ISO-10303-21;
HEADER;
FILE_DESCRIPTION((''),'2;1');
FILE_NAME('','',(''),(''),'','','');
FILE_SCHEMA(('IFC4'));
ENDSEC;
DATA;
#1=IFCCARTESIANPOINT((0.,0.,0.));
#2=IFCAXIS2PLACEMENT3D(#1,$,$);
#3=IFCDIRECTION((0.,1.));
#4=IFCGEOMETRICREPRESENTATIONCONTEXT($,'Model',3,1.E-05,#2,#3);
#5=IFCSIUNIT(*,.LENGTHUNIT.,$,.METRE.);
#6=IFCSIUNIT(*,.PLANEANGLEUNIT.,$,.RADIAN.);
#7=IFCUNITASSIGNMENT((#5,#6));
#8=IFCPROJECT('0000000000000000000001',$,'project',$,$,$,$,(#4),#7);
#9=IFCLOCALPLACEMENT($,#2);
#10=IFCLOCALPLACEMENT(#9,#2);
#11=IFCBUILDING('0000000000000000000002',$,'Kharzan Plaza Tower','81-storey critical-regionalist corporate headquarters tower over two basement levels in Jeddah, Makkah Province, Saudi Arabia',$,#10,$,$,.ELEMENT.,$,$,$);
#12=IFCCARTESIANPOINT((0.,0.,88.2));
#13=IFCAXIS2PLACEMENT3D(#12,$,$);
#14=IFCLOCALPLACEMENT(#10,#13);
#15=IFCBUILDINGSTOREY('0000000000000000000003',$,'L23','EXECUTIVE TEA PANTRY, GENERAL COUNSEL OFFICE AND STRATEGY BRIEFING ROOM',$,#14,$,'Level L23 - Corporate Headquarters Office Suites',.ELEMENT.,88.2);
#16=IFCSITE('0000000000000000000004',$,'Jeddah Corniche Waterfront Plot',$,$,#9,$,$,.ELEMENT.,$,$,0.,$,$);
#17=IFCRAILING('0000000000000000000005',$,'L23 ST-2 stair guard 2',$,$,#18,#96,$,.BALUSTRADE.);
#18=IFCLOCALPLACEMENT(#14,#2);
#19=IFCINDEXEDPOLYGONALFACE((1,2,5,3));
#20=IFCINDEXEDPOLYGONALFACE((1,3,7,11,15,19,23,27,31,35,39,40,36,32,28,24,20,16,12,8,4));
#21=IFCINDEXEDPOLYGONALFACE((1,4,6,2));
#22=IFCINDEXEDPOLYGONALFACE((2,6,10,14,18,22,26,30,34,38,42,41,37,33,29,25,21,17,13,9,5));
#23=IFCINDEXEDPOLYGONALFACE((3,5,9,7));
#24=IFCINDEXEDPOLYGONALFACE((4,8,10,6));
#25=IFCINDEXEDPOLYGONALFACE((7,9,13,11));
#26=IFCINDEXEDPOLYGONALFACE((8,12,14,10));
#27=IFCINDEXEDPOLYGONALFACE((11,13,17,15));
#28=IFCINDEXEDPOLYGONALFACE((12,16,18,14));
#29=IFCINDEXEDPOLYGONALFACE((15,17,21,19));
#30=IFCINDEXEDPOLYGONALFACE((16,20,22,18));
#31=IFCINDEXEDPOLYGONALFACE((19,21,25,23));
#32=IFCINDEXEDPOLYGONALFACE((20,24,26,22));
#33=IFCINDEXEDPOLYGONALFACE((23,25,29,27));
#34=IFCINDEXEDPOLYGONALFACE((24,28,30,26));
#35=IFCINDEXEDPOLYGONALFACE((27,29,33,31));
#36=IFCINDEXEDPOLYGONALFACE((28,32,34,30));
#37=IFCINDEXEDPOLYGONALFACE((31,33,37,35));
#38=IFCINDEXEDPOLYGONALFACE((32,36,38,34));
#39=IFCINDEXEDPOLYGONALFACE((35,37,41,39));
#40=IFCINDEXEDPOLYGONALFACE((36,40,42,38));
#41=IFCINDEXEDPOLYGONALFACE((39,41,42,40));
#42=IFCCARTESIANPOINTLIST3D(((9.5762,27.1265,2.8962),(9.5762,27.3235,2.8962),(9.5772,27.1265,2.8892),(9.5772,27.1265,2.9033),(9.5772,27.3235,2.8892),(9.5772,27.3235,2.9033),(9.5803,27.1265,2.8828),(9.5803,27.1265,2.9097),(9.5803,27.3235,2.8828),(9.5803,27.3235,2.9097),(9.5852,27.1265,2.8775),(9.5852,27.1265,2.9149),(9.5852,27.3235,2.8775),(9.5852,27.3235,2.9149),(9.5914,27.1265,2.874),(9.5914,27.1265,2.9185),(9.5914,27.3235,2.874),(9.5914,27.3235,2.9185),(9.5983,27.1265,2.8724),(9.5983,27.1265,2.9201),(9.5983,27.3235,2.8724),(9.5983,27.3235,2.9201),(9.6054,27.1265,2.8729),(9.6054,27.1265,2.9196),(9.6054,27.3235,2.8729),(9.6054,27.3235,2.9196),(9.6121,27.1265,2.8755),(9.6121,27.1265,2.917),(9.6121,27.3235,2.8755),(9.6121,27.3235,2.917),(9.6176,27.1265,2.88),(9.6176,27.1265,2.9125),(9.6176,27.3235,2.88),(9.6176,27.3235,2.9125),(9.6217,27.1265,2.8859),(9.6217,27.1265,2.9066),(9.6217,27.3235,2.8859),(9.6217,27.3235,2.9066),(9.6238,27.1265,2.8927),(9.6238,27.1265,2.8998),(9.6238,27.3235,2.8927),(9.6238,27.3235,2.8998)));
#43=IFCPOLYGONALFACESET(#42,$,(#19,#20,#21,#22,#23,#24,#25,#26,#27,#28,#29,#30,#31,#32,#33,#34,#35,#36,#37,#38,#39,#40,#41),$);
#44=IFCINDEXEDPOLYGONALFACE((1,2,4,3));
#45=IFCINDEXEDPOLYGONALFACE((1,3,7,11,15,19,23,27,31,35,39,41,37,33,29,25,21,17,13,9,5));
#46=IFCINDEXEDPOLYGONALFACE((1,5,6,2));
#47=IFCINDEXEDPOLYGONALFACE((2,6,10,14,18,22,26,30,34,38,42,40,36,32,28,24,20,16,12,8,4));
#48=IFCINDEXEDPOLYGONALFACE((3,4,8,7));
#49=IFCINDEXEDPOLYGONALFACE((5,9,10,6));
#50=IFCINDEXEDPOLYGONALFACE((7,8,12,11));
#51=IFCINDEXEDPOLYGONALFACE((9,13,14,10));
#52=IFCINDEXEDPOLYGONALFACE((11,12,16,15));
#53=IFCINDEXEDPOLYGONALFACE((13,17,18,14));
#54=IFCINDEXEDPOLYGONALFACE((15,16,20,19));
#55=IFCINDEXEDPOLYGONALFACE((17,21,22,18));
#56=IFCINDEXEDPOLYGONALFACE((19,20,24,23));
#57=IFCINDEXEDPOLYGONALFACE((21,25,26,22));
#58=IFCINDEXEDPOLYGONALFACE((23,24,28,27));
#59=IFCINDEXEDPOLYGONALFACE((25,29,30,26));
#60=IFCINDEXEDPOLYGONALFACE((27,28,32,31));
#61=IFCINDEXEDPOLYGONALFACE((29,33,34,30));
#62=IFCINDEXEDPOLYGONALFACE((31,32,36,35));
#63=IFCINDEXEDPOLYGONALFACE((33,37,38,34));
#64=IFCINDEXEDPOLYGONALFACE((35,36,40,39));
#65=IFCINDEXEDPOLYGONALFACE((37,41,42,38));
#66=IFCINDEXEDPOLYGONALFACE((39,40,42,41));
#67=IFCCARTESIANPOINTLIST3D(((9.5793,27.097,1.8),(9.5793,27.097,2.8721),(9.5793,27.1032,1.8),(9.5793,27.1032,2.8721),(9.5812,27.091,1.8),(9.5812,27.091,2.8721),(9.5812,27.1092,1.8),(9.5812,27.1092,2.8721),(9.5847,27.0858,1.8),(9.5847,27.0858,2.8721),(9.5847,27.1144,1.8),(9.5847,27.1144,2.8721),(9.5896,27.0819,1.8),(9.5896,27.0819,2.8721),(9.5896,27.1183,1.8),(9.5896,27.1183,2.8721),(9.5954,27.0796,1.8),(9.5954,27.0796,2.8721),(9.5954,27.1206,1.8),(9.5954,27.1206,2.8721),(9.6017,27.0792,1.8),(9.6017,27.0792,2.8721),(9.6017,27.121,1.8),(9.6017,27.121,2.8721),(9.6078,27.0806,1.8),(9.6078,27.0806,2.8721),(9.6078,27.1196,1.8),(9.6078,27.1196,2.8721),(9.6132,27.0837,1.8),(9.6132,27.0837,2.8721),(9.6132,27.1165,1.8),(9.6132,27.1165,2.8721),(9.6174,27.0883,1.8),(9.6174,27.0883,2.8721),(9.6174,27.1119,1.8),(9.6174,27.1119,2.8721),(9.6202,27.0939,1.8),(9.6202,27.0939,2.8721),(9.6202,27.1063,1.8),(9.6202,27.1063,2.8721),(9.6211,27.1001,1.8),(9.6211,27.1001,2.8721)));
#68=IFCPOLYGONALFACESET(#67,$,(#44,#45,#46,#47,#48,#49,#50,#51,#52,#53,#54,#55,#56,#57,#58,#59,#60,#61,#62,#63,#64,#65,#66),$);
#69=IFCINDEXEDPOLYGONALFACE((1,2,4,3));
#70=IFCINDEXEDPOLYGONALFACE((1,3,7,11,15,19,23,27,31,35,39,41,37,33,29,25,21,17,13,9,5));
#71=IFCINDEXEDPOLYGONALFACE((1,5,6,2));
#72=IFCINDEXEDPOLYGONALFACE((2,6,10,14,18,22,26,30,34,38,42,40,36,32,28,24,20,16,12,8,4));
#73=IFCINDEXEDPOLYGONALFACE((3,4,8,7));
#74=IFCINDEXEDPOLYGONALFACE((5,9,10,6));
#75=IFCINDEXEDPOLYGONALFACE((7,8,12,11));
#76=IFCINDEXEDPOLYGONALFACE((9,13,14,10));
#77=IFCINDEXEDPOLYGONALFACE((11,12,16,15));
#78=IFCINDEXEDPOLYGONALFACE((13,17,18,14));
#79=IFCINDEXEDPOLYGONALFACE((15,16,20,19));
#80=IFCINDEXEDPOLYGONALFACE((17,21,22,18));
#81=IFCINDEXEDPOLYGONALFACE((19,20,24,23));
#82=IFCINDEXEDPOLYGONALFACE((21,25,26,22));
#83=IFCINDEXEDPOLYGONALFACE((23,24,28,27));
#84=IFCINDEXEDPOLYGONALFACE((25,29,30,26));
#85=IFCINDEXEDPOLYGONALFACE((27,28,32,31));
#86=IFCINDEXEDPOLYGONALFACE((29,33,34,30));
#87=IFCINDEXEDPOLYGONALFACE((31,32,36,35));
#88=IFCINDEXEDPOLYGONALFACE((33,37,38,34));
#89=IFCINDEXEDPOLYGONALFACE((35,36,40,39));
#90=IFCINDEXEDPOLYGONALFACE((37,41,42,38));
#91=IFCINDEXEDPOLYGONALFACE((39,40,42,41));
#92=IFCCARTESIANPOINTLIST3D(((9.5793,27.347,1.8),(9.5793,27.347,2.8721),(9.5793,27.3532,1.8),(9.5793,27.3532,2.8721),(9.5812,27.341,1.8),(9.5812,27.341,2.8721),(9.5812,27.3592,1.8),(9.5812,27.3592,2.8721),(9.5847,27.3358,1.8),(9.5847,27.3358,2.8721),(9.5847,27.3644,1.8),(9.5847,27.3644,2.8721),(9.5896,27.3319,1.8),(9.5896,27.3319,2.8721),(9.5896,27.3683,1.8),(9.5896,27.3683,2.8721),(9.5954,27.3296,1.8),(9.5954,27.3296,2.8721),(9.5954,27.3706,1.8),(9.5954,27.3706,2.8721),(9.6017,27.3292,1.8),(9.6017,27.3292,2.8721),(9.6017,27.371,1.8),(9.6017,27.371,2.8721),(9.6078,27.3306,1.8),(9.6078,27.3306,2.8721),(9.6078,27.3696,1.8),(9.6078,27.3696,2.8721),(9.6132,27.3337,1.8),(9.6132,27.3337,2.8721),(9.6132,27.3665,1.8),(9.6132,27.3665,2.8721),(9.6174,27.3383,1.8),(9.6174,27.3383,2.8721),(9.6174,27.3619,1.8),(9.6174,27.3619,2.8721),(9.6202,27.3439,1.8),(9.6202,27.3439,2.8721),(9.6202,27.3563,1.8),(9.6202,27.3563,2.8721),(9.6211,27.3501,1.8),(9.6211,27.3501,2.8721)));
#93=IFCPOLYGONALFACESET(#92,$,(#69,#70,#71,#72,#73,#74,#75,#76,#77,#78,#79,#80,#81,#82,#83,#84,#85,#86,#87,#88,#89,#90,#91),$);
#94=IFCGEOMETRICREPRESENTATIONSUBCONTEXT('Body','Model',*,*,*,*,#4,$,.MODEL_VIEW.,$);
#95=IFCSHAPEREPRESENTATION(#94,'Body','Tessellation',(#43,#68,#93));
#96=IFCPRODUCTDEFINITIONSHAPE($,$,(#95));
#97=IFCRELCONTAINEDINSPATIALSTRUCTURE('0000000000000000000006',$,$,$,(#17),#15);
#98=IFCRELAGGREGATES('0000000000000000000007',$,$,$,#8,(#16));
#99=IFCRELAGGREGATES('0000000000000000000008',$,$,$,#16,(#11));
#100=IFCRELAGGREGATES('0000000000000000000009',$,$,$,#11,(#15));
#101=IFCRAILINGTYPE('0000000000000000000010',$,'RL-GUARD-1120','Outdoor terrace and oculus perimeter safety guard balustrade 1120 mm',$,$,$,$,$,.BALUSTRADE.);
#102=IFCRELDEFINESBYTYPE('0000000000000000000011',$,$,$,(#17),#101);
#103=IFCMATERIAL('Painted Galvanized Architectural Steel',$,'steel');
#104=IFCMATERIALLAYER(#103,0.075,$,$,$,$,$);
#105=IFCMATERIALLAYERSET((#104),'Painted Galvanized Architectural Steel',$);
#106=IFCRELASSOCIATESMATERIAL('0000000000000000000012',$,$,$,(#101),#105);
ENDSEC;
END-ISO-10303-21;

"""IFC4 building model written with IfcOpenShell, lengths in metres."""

from ifc_helpers import new_model, si_unit, direction, frame, origin, origin_2d, place, context, subcontext, project, spatial, circle, extrude, source, transform, mapped, material, layer, layer_set, type_object, element, save


model = new_model("IFC4")

# Units and contexts
model_context = context("Model", 3, precision=1e-05, world=origin(), true_north=direction((0.0, 1.0)))
body_context = subcontext(model_context, "Body", "Model", "MODEL_VIEW")
ifc_project = project(units=[si_unit("LENGTHUNIT", "METRE"), si_unit("PLANEANGLEUNIT", "RADIAN")], contexts=[model_context])

# Site, building, storey
site_placement = place(None, origin())
site = spatial("IfcSite", under=ifc_project, at=site_placement, Name="Jeddah Corniche Waterfront Plot", CompositionType="ELEMENT", RefElevation=0.0)
building_placement = place(site_placement, origin())
building = spatial("IfcBuilding", under=site, at=building_placement, Name="Kharzan Plaza Tower", Description="81-storey critical-regionalist corporate headquarters tower over two basement levels in Jeddah, Makkah Province, Saudi Arabia", CompositionType="ELEMENT")
storey_placement = place(building_placement, frame((0.0, 0.0, 88.2)))
storey = spatial("IfcBuildingStorey", under=building, at=storey_placement, Name="L23", Description="EXECUTIVE TEA PANTRY, GENERAL COUNSEL OFFICE AND STRATEGY BRIEFING ROOM", LongName="Level L23 - Corporate Headquarters Office Suites", CompositionType="ELEMENT", Elevation=88.2)

# Railing
ifc_material_1 = material(Name="Painted Galvanized Architectural Steel", Category="steel")
ifc_layer_1 = layer(ifc_material_1, 0.075)
ifc_layer_set_1 = layer_set([ifc_layer_1], Name="Painted Galvanized Architectural Steel")
railing_type_1 = type_object("IfcRailingType", Name="RL-GUARD-1120", Description="Outdoor terrace and oculus perimeter safety guard balustrade 1120 mm", PredefinedType="BALUSTRADE", material=ifc_layer_set_1)
shared_shape_1 = source(origin(), body_context, "Body", "SweptSolid", [
    extrude(circle(Radius=0.0239, at=origin_2d()), frame((0.0, 0.0264, 1.0962), z_axis=(0.0, 1.0, 0.0), x_axis=(-1.0, 0.0, 0.0)), (0.0, 0.0, 1.0), 0.197),
    extrude(circle(Radius=0.021, at=origin_2d()), origin(), (0.0, 0.0, 1.0), 1.072),
    extrude(circle(Radius=0.021, at=origin_2d()), frame((0.0, 0.25, 0.0)), (0.0, 0.0, 1.0), 1.072),
])
railing_1_placement = place(storey_placement, frame((9.6001, 27.1001, 1.8)))
element("IfcRailing", 1, at=railing_1_placement, inside=storey, type_object=railing_type_1, Name="L23 ST-2 stair guard 2", PredefinedType="BALUSTRADE", context=body_context, shape_type="MappedRepresentation", body=[
    mapped(shared_shape_1, transform((0.0, 0.0, 0.0), x_axis=(1.0, 0.0, 0.0), y_axis=(0.0, 1.0, 0.0), z_axis=(0.0, 0.0, 1.0))),
])

save(model, "model.ifc")
